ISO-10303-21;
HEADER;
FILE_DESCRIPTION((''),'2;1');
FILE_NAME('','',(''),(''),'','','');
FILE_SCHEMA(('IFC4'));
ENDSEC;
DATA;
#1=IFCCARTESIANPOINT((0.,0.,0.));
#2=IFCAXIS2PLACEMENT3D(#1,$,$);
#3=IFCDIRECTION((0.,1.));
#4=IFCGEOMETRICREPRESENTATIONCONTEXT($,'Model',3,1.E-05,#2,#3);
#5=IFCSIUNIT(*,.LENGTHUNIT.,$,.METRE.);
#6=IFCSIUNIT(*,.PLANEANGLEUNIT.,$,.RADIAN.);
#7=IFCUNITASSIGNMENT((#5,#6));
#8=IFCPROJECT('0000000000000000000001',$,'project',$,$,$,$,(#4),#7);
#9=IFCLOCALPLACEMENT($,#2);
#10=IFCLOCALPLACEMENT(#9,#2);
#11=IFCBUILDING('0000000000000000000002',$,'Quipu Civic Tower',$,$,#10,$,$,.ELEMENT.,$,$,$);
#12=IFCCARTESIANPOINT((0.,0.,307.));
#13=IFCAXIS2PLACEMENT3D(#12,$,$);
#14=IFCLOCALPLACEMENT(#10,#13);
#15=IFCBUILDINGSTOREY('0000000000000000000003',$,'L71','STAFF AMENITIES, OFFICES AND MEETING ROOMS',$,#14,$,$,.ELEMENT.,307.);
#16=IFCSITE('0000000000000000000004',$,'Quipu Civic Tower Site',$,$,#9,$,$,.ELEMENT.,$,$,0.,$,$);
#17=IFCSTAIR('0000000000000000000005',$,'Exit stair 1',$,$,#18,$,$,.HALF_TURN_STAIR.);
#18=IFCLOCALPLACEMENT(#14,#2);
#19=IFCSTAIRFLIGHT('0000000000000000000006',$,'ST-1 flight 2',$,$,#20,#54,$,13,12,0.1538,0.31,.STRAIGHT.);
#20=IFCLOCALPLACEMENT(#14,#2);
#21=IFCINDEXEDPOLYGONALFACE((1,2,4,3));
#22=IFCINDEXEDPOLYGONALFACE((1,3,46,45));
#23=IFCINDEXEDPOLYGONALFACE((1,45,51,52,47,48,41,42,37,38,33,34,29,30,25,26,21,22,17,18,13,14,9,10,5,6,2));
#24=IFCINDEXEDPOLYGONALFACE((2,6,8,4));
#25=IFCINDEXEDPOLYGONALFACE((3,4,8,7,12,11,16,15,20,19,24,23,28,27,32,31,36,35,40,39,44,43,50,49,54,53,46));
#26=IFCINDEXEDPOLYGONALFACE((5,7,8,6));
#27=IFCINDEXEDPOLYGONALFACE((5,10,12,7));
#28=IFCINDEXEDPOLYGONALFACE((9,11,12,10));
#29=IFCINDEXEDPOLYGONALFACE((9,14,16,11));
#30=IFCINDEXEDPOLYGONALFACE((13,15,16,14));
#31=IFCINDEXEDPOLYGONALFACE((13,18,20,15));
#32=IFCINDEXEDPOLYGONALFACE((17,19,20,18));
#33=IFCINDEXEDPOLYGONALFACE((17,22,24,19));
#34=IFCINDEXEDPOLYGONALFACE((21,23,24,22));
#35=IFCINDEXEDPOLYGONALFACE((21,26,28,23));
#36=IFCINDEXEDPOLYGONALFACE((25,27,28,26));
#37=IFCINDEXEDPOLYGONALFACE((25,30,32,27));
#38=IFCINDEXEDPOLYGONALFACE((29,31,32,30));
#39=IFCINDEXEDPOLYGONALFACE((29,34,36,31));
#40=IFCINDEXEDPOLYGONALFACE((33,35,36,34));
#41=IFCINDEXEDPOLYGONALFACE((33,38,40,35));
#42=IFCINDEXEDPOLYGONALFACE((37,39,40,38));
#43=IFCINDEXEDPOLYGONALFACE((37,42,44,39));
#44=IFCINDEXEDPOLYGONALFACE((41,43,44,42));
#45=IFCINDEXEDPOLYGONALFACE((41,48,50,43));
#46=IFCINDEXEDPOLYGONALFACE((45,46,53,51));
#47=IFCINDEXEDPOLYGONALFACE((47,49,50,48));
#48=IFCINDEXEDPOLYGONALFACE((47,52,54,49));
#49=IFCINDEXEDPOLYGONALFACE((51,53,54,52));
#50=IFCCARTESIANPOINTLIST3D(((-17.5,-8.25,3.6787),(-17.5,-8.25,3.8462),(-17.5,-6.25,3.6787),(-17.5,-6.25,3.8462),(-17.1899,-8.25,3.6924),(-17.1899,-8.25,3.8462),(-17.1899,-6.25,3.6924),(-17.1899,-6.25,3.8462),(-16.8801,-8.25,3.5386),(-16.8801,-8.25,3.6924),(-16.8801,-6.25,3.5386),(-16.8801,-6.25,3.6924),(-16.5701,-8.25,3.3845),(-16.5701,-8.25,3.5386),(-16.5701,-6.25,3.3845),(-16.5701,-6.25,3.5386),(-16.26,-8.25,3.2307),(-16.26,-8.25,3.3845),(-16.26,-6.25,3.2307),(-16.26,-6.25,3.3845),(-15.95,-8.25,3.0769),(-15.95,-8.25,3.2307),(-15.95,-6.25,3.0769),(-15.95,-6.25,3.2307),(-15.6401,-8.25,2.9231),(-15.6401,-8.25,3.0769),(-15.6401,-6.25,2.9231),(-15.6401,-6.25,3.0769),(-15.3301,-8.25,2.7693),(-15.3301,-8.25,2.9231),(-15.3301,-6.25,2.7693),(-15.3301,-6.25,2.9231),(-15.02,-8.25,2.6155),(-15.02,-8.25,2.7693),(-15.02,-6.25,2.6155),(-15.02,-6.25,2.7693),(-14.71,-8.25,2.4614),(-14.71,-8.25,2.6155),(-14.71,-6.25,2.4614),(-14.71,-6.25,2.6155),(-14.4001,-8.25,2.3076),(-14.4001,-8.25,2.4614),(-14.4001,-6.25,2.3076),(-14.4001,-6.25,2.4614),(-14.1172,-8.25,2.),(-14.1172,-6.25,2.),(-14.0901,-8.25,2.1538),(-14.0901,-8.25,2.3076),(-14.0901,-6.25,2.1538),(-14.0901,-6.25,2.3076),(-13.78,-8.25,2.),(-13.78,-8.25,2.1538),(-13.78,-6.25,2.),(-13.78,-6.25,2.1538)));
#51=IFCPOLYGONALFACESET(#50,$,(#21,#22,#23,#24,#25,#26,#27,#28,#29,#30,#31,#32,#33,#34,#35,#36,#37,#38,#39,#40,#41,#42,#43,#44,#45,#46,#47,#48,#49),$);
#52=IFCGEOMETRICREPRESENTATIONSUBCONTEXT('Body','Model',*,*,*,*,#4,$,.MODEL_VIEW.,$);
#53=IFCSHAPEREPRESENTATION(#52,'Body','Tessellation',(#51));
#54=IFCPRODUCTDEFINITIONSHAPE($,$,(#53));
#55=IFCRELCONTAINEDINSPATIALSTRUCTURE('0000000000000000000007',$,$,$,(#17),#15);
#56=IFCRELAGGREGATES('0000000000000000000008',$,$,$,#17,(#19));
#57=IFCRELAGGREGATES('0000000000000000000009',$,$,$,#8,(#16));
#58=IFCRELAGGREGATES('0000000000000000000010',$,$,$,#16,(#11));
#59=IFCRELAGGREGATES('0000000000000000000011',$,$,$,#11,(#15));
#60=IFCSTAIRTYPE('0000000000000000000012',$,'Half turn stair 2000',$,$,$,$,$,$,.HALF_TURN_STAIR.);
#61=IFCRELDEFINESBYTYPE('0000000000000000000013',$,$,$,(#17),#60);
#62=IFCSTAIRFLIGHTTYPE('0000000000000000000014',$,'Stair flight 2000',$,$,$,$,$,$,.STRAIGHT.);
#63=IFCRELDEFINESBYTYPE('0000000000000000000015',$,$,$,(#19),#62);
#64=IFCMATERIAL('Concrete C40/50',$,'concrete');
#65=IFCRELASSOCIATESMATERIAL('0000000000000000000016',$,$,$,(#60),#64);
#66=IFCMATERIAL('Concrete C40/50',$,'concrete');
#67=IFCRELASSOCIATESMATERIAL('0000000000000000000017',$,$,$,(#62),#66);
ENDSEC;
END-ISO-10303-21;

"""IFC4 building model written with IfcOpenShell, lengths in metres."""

from ifc_helpers import new_model, si_unit, direction, frame, origin, place, context, subcontext, project, spatial, polyline, outline, extrude, material, type_object, element, aggregate, save


model = new_model("IFC4")

# Units and contexts
model_context = context("Model", 3, precision=1e-05, world=origin(), true_north=direction((0.0, 1.0)))
body_context = subcontext(model_context, "Body", "Model", "MODEL_VIEW")
ifc_project = project(units=[si_unit("LENGTHUNIT", "METRE"), si_unit("PLANEANGLEUNIT", "RADIAN")], contexts=[model_context])

# Site, building, storey
site_placement = place(None, origin())
site = spatial("IfcSite", under=ifc_project, at=site_placement, Name="Quipu Civic Tower Site", CompositionType="ELEMENT", RefElevation=0.0)
building_placement = place(site_placement, origin())
building = spatial("IfcBuilding", under=site, at=building_placement, Name="Quipu Civic Tower", CompositionType="ELEMENT")
storey_placement = place(building_placement, frame((0.0, 0.0, 307.0)))
storey = spatial("IfcBuildingStorey", under=building, at=storey_placement, Name="L71", Description="STAFF AMENITIES, OFFICES AND MEETING ROOMS", CompositionType="ELEMENT", Elevation=307.0)

# Stair, stair flight
ifc_material_1 = material(Name="Concrete C40/50", Category="concrete")
stair_type = type_object("IfcStairType", Name="Half turn stair 2000", PredefinedType="HALF_TURN_STAIR", material=ifc_material_1)
stair_placement = place(storey_placement, origin())
stair = element("IfcStair", 1, at=stair_placement, inside=storey, type_object=stair_type, Name="Exit stair 1", PredefinedType="HALF_TURN_STAIR")
ifc_material_2 = material(Name="Concrete C40/50", Category="concrete")
stair_flight_type = type_object("IfcStairFlightType", Name="Stair flight 2000", PredefinedType="STRAIGHT", material=ifc_material_2)
stair_flight_1_placement = place(storey_placement, frame((-13.78, -7.25, 2.0), z_axis=(0.0, 0.0, 1.0), x_axis=(-1.0, 0.0, 0.0)))
stair_flight_1 = element("IfcStairFlight", 2, at=stair_flight_1_placement, type_object=stair_flight_type, Name="ST-1 flight 2", NumberOfRisers=13, NumberOfTreads=12, PredefinedType="STRAIGHT", RiserHeight=0.1538, TreadLength=0.31, context=body_context, shape_type="SweptSolid", body=[
    extrude(outline(polyline([(0.0, 0.0), (0.0, 0.1538), (0.3101, 0.1538), (0.3101, 0.3076), (0.6201, 0.3076), (0.6201, 0.4614), (0.9299, 0.4614), (0.9299, 0.6155), (1.24, 0.6155), (1.24, 0.7693), (1.55, 0.7693), (1.55, 0.9231), (1.8601, 0.9231), (1.8601, 1.0769), (2.1699, 1.0769), (2.1699, 1.2307), (2.48, 1.2307), (2.48, 1.3845), (2.79, 1.3845), (2.79, 1.5386), (3.1001, 1.5386), (3.1001, 1.6924), (3.4099, 1.6924), (3.4099, 1.8462), (3.72, 1.8462), (3.72, 2.0), (3.72, 1.6787), (0.3372, 0.0), (0.0, 0.0)])), frame((0.0, 1.0, 0.0), z_axis=(0.0, -1.0, 0.0), x_axis=(1.0, 0.0, 0.0)), (0.0, 0.0, 1.0), 2.0),
])
aggregate(stair, [stair_flight_1])

save(model, "model.ifc")
